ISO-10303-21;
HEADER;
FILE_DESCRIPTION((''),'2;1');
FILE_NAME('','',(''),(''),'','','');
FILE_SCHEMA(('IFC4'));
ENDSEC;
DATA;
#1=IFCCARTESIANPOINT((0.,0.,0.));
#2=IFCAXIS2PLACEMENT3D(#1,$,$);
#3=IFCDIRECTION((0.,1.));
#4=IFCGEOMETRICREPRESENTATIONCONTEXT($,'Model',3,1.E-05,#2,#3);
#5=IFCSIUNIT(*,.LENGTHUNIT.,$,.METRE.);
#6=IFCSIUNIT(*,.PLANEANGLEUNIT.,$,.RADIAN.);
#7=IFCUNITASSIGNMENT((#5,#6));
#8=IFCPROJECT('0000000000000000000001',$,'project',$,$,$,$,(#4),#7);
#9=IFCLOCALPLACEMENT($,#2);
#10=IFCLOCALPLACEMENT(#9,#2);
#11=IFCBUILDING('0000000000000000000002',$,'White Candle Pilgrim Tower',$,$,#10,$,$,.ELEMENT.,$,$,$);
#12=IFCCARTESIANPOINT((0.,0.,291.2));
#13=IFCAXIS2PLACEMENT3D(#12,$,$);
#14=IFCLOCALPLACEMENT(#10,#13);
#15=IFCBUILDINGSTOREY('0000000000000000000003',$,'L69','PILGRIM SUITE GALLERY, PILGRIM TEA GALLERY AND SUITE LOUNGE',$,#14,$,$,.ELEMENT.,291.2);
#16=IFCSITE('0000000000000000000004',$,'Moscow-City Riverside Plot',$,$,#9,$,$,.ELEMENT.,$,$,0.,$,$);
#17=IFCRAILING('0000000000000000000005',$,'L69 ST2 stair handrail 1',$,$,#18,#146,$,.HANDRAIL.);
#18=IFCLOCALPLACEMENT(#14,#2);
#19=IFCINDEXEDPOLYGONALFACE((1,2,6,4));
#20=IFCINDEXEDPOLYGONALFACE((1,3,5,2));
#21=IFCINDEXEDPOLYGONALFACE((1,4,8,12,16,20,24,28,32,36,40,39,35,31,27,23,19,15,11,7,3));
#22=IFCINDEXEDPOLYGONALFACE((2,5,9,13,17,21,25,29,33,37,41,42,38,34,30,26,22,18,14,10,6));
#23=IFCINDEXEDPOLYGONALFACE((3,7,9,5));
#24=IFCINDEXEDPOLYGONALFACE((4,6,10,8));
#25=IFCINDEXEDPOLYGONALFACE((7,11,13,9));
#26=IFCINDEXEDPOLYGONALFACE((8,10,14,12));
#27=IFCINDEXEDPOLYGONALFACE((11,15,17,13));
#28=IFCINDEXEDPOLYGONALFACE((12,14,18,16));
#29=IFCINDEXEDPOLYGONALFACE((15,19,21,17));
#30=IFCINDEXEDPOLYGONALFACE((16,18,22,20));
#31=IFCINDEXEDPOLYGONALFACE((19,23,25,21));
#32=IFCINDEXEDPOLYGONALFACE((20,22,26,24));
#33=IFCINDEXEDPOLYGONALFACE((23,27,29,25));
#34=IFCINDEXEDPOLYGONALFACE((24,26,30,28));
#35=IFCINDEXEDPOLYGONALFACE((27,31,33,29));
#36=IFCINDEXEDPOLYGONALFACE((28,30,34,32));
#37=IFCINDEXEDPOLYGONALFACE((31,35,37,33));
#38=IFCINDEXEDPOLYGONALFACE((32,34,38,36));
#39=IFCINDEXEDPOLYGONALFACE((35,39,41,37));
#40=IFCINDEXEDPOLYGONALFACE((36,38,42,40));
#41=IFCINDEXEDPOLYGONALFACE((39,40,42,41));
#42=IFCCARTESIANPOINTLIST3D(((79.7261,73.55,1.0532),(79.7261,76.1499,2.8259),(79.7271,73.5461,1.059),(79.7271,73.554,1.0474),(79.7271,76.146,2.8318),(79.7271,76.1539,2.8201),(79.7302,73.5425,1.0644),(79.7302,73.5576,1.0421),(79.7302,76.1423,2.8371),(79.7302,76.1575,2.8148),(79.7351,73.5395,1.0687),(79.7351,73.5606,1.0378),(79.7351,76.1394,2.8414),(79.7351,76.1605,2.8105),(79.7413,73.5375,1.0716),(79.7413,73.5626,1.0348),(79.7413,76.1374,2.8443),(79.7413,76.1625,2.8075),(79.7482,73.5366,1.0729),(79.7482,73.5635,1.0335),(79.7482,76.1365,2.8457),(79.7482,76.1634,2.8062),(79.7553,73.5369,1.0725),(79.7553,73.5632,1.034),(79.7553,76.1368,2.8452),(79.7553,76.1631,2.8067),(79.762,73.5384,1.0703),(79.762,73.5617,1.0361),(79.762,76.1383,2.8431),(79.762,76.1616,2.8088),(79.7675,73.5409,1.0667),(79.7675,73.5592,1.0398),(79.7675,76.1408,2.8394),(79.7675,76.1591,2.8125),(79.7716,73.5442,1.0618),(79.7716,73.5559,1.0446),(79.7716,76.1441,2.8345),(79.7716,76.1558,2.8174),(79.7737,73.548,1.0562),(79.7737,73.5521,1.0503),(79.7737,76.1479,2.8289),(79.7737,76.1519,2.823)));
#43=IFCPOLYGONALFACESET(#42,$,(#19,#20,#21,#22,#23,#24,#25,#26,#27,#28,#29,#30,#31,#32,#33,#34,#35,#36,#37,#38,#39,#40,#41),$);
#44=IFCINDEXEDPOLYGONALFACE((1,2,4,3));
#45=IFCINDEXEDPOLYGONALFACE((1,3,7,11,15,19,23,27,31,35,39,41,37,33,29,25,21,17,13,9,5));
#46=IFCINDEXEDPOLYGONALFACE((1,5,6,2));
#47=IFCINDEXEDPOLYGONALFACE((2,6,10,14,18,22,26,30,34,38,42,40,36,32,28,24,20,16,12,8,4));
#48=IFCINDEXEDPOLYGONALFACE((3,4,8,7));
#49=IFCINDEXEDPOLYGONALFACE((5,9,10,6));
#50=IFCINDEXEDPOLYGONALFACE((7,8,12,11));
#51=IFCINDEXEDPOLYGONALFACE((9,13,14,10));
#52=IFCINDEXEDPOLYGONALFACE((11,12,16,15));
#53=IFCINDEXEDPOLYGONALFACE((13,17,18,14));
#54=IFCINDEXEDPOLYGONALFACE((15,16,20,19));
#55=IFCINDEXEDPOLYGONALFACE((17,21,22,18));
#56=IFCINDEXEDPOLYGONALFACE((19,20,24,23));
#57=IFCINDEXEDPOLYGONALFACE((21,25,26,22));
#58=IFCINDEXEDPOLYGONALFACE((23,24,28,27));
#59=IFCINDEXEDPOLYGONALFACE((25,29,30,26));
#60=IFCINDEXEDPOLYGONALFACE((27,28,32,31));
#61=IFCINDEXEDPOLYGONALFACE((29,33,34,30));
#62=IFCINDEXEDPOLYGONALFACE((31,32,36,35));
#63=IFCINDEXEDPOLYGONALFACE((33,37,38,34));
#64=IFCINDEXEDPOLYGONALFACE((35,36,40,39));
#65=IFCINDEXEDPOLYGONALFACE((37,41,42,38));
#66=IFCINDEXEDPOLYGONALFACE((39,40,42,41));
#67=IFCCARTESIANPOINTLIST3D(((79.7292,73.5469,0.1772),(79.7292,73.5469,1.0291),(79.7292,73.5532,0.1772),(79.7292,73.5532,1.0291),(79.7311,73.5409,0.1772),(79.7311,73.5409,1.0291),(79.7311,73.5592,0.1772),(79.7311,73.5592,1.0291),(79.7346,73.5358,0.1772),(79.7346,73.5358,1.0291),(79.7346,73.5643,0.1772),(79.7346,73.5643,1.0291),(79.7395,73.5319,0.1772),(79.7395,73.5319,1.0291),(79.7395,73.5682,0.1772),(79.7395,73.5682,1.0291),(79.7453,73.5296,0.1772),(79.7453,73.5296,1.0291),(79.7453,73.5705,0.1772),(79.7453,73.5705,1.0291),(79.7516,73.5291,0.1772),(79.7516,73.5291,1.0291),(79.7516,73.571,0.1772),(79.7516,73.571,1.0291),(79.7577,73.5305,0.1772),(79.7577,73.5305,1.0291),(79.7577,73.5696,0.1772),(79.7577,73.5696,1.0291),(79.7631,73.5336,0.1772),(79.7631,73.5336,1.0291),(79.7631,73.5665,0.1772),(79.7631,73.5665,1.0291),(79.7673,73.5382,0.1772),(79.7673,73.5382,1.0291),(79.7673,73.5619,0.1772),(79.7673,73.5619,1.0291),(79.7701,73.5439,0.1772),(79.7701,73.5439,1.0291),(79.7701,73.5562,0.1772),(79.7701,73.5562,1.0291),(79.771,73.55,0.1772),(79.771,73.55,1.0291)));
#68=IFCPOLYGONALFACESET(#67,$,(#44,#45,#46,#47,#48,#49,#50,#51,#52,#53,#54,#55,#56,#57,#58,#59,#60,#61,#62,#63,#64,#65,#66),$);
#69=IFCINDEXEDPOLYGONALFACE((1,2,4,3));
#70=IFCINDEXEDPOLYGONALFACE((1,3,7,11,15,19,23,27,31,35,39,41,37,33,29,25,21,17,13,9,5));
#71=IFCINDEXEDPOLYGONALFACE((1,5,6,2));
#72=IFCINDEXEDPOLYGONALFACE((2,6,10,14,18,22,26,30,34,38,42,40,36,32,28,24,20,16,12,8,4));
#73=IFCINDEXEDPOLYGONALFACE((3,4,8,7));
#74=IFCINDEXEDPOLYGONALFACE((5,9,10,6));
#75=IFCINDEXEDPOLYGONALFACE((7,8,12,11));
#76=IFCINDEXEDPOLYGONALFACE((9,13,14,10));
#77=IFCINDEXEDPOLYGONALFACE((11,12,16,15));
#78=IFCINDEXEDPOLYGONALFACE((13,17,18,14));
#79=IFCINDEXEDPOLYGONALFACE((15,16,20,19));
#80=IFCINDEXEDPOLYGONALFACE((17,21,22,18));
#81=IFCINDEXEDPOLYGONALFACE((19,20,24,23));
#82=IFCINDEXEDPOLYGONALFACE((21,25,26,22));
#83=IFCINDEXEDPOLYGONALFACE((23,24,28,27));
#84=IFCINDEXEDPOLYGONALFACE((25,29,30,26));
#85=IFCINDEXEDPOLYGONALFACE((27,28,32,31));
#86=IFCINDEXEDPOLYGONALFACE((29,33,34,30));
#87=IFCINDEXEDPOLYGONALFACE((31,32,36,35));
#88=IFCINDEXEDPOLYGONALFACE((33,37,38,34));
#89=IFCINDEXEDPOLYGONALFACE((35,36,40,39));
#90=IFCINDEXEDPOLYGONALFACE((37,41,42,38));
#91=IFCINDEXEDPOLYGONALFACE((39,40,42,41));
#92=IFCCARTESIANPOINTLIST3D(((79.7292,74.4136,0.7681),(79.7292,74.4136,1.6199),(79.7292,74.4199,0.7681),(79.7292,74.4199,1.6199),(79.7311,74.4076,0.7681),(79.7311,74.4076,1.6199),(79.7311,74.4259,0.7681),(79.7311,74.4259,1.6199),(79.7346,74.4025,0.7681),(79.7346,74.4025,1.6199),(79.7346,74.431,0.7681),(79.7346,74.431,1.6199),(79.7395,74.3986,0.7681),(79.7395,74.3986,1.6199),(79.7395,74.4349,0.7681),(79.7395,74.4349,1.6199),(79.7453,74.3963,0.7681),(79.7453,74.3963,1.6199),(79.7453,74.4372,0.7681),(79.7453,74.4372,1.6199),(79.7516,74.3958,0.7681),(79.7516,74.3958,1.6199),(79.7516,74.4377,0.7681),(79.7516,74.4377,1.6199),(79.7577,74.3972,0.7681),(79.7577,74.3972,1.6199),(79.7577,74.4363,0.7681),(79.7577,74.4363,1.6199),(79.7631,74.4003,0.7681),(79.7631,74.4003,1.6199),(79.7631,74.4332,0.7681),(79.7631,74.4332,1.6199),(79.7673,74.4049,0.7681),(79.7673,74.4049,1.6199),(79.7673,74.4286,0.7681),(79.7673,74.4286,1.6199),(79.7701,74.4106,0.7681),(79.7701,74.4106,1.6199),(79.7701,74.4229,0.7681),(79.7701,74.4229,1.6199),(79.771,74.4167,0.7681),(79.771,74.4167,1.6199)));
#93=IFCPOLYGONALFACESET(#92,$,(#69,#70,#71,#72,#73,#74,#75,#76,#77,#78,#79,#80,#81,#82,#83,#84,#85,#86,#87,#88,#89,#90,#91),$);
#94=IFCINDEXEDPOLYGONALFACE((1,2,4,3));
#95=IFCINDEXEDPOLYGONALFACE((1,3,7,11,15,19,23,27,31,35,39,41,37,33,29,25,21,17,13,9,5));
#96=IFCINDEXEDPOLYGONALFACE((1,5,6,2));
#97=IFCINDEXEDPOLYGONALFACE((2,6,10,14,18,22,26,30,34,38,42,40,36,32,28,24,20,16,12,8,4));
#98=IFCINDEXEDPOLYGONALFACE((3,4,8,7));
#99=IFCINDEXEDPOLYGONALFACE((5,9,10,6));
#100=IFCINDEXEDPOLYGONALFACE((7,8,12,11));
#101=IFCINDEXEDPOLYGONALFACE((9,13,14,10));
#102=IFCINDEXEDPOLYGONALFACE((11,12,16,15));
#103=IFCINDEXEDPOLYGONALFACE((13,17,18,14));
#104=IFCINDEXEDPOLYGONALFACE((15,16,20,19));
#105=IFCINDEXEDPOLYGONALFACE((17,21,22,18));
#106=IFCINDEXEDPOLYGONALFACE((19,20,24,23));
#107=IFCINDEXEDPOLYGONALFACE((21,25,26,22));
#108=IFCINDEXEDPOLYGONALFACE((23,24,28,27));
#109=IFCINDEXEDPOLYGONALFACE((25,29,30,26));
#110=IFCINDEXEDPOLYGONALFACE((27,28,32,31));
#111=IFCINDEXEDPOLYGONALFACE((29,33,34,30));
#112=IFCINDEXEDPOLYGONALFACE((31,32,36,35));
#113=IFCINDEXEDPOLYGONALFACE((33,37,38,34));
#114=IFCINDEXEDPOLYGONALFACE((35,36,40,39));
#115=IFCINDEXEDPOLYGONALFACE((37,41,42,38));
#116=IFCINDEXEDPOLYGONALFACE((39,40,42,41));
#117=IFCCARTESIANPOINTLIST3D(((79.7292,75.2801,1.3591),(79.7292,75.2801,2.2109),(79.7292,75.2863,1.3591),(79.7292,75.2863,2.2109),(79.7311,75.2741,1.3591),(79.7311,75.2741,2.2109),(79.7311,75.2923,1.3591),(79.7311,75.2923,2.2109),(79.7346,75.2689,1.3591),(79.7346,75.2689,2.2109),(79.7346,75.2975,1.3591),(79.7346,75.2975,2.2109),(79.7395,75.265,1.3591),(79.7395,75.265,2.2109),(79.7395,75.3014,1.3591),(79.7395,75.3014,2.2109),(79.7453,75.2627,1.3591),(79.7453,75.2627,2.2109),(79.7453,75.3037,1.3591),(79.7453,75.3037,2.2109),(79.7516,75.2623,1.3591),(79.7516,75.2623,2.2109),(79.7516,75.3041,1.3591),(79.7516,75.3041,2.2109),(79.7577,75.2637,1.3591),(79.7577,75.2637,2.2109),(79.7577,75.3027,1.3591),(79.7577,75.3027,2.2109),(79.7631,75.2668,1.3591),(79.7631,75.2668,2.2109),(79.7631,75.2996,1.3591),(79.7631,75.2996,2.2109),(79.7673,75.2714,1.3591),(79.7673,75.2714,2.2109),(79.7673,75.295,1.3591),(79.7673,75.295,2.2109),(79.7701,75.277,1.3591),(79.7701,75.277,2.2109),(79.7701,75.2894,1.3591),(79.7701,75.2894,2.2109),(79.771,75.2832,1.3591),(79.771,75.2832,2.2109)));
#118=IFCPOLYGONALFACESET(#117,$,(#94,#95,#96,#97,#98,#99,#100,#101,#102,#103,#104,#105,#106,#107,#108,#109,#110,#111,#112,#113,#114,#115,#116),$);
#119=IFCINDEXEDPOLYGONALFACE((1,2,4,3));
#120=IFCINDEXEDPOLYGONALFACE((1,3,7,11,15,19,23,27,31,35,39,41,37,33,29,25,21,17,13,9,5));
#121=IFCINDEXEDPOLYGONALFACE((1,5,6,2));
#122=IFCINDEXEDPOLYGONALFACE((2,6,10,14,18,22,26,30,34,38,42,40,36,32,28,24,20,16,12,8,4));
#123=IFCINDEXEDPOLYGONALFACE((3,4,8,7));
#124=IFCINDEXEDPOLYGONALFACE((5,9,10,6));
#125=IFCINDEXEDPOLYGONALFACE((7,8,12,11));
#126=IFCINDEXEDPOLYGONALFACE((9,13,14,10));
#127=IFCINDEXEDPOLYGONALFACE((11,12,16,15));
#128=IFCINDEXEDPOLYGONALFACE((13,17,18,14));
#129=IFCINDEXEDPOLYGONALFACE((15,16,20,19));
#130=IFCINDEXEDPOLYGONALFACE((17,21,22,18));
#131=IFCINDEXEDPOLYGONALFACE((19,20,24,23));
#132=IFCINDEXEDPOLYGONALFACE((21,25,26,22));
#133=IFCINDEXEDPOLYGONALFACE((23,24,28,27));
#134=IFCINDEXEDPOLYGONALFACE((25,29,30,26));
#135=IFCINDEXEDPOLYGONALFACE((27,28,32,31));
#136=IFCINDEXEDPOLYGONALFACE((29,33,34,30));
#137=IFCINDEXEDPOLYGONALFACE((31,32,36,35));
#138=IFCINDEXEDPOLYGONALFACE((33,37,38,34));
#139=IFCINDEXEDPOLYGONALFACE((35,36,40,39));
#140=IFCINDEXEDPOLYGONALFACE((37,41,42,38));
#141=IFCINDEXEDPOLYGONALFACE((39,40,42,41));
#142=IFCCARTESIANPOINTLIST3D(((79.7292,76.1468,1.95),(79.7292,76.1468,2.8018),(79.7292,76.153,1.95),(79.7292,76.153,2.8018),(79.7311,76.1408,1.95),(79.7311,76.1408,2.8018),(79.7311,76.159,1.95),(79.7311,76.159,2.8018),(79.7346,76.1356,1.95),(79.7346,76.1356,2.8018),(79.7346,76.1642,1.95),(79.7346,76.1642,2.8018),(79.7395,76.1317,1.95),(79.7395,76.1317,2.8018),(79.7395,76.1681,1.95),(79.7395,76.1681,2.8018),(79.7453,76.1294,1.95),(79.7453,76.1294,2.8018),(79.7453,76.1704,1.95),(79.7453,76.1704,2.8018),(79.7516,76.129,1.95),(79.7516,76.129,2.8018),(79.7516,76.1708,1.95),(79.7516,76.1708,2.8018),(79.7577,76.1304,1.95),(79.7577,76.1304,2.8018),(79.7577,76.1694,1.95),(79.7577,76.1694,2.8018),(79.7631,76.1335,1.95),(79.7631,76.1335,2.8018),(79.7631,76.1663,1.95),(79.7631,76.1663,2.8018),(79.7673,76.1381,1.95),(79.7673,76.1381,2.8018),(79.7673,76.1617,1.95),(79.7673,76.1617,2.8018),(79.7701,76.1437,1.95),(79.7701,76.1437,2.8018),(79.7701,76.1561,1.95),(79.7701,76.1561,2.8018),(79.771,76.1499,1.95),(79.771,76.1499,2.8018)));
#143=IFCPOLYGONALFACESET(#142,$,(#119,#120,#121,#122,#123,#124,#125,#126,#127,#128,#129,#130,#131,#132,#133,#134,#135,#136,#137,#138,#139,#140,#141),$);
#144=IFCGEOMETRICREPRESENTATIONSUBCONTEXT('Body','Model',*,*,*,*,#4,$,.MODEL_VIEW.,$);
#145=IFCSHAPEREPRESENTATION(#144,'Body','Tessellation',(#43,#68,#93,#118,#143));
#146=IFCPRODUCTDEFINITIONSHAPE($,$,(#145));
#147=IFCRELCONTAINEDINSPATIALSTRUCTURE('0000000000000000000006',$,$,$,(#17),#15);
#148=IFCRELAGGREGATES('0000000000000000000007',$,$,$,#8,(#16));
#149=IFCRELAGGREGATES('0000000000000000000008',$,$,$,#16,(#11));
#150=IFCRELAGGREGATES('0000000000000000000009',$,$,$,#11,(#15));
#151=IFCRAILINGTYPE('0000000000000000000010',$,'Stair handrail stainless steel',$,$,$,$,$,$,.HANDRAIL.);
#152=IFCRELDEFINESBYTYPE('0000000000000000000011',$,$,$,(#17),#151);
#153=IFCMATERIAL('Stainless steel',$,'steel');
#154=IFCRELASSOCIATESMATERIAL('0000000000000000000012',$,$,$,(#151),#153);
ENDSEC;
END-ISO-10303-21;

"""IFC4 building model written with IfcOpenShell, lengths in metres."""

from ifc_helpers import new_model, si_unit, direction, frame, origin, origin_2d, place, context, subcontext, project, spatial, circle, extrude, material, type_object, element, save


model = new_model("IFC4")

# Units and contexts
model_context = context("Model", 3, precision=1e-05, world=origin(), true_north=direction((0.0, 1.0)))
body_context = subcontext(model_context, "Body", "Model", "MODEL_VIEW")
ifc_project = project(units=[si_unit("LENGTHUNIT", "METRE"), si_unit("PLANEANGLEUNIT", "RADIAN")], contexts=[model_context])

# Site, building, storey
site_placement = place(None, origin())
site = spatial("IfcSite", under=ifc_project, at=site_placement, Name="Moscow-City Riverside Plot", CompositionType="ELEMENT", RefElevation=0.0)
building_placement = place(site_placement, origin())
building = spatial("IfcBuilding", under=site, at=building_placement, Name="White Candle Pilgrim Tower", CompositionType="ELEMENT")
storey_placement = place(building_placement, frame((0.0, 0.0, 291.2)))
storey = spatial("IfcBuildingStorey", under=building, at=storey_placement, Name="L69", Description="PILGRIM SUITE GALLERY, PILGRIM TEA GALLERY AND SUITE LOUNGE", CompositionType="ELEMENT", Elevation=291.2)

# Railing
ifc_material_1 = material(Name="Stainless steel", Category="steel")
railing_type_1 = type_object("IfcRailingType", Name="Stair handrail stainless steel", PredefinedType="HANDRAIL", material=ifc_material_1)
railing_1_placement = place(storey_placement, frame((79.75, 73.55, 0.1772)))
element("IfcRailing", 1, at=railing_1_placement, inside=storey, type_object=railing_type_1, Name="L69 ST2 stair handrail 1", PredefinedType="HANDRAIL", context=body_context, shape_type="SweptSolid", body=[
    extrude(circle(Radius=0.0239, at=origin_2d()), frame((0.0, 0.0, 0.876), z_axis=(0.0, 0.826216, 0.563354), x_axis=(-1.0, 0.0, 0.0)), (0.0, 0.0, 1.0), 3.1467),
    extrude(circle(Radius=0.021, at=origin_2d()), origin(), (0.0, 0.0, 1.0), 0.8518),
    extrude(circle(Radius=0.021, at=origin_2d()), frame((0.0, 0.8667, 0.5908)), (0.0, 0.0, 1.0), 0.8518),
    extrude(circle(Radius=0.021, at=origin_2d()), frame((0.0, 1.7332, 1.1819)), (0.0, 0.0, 1.0), 0.8518),
    extrude(circle(Radius=0.021, at=origin_2d()), frame((0.0, 2.5999, 1.7727)), (0.0, 0.0, 1.0), 0.8518),
])

save(model, "model.ifc")
